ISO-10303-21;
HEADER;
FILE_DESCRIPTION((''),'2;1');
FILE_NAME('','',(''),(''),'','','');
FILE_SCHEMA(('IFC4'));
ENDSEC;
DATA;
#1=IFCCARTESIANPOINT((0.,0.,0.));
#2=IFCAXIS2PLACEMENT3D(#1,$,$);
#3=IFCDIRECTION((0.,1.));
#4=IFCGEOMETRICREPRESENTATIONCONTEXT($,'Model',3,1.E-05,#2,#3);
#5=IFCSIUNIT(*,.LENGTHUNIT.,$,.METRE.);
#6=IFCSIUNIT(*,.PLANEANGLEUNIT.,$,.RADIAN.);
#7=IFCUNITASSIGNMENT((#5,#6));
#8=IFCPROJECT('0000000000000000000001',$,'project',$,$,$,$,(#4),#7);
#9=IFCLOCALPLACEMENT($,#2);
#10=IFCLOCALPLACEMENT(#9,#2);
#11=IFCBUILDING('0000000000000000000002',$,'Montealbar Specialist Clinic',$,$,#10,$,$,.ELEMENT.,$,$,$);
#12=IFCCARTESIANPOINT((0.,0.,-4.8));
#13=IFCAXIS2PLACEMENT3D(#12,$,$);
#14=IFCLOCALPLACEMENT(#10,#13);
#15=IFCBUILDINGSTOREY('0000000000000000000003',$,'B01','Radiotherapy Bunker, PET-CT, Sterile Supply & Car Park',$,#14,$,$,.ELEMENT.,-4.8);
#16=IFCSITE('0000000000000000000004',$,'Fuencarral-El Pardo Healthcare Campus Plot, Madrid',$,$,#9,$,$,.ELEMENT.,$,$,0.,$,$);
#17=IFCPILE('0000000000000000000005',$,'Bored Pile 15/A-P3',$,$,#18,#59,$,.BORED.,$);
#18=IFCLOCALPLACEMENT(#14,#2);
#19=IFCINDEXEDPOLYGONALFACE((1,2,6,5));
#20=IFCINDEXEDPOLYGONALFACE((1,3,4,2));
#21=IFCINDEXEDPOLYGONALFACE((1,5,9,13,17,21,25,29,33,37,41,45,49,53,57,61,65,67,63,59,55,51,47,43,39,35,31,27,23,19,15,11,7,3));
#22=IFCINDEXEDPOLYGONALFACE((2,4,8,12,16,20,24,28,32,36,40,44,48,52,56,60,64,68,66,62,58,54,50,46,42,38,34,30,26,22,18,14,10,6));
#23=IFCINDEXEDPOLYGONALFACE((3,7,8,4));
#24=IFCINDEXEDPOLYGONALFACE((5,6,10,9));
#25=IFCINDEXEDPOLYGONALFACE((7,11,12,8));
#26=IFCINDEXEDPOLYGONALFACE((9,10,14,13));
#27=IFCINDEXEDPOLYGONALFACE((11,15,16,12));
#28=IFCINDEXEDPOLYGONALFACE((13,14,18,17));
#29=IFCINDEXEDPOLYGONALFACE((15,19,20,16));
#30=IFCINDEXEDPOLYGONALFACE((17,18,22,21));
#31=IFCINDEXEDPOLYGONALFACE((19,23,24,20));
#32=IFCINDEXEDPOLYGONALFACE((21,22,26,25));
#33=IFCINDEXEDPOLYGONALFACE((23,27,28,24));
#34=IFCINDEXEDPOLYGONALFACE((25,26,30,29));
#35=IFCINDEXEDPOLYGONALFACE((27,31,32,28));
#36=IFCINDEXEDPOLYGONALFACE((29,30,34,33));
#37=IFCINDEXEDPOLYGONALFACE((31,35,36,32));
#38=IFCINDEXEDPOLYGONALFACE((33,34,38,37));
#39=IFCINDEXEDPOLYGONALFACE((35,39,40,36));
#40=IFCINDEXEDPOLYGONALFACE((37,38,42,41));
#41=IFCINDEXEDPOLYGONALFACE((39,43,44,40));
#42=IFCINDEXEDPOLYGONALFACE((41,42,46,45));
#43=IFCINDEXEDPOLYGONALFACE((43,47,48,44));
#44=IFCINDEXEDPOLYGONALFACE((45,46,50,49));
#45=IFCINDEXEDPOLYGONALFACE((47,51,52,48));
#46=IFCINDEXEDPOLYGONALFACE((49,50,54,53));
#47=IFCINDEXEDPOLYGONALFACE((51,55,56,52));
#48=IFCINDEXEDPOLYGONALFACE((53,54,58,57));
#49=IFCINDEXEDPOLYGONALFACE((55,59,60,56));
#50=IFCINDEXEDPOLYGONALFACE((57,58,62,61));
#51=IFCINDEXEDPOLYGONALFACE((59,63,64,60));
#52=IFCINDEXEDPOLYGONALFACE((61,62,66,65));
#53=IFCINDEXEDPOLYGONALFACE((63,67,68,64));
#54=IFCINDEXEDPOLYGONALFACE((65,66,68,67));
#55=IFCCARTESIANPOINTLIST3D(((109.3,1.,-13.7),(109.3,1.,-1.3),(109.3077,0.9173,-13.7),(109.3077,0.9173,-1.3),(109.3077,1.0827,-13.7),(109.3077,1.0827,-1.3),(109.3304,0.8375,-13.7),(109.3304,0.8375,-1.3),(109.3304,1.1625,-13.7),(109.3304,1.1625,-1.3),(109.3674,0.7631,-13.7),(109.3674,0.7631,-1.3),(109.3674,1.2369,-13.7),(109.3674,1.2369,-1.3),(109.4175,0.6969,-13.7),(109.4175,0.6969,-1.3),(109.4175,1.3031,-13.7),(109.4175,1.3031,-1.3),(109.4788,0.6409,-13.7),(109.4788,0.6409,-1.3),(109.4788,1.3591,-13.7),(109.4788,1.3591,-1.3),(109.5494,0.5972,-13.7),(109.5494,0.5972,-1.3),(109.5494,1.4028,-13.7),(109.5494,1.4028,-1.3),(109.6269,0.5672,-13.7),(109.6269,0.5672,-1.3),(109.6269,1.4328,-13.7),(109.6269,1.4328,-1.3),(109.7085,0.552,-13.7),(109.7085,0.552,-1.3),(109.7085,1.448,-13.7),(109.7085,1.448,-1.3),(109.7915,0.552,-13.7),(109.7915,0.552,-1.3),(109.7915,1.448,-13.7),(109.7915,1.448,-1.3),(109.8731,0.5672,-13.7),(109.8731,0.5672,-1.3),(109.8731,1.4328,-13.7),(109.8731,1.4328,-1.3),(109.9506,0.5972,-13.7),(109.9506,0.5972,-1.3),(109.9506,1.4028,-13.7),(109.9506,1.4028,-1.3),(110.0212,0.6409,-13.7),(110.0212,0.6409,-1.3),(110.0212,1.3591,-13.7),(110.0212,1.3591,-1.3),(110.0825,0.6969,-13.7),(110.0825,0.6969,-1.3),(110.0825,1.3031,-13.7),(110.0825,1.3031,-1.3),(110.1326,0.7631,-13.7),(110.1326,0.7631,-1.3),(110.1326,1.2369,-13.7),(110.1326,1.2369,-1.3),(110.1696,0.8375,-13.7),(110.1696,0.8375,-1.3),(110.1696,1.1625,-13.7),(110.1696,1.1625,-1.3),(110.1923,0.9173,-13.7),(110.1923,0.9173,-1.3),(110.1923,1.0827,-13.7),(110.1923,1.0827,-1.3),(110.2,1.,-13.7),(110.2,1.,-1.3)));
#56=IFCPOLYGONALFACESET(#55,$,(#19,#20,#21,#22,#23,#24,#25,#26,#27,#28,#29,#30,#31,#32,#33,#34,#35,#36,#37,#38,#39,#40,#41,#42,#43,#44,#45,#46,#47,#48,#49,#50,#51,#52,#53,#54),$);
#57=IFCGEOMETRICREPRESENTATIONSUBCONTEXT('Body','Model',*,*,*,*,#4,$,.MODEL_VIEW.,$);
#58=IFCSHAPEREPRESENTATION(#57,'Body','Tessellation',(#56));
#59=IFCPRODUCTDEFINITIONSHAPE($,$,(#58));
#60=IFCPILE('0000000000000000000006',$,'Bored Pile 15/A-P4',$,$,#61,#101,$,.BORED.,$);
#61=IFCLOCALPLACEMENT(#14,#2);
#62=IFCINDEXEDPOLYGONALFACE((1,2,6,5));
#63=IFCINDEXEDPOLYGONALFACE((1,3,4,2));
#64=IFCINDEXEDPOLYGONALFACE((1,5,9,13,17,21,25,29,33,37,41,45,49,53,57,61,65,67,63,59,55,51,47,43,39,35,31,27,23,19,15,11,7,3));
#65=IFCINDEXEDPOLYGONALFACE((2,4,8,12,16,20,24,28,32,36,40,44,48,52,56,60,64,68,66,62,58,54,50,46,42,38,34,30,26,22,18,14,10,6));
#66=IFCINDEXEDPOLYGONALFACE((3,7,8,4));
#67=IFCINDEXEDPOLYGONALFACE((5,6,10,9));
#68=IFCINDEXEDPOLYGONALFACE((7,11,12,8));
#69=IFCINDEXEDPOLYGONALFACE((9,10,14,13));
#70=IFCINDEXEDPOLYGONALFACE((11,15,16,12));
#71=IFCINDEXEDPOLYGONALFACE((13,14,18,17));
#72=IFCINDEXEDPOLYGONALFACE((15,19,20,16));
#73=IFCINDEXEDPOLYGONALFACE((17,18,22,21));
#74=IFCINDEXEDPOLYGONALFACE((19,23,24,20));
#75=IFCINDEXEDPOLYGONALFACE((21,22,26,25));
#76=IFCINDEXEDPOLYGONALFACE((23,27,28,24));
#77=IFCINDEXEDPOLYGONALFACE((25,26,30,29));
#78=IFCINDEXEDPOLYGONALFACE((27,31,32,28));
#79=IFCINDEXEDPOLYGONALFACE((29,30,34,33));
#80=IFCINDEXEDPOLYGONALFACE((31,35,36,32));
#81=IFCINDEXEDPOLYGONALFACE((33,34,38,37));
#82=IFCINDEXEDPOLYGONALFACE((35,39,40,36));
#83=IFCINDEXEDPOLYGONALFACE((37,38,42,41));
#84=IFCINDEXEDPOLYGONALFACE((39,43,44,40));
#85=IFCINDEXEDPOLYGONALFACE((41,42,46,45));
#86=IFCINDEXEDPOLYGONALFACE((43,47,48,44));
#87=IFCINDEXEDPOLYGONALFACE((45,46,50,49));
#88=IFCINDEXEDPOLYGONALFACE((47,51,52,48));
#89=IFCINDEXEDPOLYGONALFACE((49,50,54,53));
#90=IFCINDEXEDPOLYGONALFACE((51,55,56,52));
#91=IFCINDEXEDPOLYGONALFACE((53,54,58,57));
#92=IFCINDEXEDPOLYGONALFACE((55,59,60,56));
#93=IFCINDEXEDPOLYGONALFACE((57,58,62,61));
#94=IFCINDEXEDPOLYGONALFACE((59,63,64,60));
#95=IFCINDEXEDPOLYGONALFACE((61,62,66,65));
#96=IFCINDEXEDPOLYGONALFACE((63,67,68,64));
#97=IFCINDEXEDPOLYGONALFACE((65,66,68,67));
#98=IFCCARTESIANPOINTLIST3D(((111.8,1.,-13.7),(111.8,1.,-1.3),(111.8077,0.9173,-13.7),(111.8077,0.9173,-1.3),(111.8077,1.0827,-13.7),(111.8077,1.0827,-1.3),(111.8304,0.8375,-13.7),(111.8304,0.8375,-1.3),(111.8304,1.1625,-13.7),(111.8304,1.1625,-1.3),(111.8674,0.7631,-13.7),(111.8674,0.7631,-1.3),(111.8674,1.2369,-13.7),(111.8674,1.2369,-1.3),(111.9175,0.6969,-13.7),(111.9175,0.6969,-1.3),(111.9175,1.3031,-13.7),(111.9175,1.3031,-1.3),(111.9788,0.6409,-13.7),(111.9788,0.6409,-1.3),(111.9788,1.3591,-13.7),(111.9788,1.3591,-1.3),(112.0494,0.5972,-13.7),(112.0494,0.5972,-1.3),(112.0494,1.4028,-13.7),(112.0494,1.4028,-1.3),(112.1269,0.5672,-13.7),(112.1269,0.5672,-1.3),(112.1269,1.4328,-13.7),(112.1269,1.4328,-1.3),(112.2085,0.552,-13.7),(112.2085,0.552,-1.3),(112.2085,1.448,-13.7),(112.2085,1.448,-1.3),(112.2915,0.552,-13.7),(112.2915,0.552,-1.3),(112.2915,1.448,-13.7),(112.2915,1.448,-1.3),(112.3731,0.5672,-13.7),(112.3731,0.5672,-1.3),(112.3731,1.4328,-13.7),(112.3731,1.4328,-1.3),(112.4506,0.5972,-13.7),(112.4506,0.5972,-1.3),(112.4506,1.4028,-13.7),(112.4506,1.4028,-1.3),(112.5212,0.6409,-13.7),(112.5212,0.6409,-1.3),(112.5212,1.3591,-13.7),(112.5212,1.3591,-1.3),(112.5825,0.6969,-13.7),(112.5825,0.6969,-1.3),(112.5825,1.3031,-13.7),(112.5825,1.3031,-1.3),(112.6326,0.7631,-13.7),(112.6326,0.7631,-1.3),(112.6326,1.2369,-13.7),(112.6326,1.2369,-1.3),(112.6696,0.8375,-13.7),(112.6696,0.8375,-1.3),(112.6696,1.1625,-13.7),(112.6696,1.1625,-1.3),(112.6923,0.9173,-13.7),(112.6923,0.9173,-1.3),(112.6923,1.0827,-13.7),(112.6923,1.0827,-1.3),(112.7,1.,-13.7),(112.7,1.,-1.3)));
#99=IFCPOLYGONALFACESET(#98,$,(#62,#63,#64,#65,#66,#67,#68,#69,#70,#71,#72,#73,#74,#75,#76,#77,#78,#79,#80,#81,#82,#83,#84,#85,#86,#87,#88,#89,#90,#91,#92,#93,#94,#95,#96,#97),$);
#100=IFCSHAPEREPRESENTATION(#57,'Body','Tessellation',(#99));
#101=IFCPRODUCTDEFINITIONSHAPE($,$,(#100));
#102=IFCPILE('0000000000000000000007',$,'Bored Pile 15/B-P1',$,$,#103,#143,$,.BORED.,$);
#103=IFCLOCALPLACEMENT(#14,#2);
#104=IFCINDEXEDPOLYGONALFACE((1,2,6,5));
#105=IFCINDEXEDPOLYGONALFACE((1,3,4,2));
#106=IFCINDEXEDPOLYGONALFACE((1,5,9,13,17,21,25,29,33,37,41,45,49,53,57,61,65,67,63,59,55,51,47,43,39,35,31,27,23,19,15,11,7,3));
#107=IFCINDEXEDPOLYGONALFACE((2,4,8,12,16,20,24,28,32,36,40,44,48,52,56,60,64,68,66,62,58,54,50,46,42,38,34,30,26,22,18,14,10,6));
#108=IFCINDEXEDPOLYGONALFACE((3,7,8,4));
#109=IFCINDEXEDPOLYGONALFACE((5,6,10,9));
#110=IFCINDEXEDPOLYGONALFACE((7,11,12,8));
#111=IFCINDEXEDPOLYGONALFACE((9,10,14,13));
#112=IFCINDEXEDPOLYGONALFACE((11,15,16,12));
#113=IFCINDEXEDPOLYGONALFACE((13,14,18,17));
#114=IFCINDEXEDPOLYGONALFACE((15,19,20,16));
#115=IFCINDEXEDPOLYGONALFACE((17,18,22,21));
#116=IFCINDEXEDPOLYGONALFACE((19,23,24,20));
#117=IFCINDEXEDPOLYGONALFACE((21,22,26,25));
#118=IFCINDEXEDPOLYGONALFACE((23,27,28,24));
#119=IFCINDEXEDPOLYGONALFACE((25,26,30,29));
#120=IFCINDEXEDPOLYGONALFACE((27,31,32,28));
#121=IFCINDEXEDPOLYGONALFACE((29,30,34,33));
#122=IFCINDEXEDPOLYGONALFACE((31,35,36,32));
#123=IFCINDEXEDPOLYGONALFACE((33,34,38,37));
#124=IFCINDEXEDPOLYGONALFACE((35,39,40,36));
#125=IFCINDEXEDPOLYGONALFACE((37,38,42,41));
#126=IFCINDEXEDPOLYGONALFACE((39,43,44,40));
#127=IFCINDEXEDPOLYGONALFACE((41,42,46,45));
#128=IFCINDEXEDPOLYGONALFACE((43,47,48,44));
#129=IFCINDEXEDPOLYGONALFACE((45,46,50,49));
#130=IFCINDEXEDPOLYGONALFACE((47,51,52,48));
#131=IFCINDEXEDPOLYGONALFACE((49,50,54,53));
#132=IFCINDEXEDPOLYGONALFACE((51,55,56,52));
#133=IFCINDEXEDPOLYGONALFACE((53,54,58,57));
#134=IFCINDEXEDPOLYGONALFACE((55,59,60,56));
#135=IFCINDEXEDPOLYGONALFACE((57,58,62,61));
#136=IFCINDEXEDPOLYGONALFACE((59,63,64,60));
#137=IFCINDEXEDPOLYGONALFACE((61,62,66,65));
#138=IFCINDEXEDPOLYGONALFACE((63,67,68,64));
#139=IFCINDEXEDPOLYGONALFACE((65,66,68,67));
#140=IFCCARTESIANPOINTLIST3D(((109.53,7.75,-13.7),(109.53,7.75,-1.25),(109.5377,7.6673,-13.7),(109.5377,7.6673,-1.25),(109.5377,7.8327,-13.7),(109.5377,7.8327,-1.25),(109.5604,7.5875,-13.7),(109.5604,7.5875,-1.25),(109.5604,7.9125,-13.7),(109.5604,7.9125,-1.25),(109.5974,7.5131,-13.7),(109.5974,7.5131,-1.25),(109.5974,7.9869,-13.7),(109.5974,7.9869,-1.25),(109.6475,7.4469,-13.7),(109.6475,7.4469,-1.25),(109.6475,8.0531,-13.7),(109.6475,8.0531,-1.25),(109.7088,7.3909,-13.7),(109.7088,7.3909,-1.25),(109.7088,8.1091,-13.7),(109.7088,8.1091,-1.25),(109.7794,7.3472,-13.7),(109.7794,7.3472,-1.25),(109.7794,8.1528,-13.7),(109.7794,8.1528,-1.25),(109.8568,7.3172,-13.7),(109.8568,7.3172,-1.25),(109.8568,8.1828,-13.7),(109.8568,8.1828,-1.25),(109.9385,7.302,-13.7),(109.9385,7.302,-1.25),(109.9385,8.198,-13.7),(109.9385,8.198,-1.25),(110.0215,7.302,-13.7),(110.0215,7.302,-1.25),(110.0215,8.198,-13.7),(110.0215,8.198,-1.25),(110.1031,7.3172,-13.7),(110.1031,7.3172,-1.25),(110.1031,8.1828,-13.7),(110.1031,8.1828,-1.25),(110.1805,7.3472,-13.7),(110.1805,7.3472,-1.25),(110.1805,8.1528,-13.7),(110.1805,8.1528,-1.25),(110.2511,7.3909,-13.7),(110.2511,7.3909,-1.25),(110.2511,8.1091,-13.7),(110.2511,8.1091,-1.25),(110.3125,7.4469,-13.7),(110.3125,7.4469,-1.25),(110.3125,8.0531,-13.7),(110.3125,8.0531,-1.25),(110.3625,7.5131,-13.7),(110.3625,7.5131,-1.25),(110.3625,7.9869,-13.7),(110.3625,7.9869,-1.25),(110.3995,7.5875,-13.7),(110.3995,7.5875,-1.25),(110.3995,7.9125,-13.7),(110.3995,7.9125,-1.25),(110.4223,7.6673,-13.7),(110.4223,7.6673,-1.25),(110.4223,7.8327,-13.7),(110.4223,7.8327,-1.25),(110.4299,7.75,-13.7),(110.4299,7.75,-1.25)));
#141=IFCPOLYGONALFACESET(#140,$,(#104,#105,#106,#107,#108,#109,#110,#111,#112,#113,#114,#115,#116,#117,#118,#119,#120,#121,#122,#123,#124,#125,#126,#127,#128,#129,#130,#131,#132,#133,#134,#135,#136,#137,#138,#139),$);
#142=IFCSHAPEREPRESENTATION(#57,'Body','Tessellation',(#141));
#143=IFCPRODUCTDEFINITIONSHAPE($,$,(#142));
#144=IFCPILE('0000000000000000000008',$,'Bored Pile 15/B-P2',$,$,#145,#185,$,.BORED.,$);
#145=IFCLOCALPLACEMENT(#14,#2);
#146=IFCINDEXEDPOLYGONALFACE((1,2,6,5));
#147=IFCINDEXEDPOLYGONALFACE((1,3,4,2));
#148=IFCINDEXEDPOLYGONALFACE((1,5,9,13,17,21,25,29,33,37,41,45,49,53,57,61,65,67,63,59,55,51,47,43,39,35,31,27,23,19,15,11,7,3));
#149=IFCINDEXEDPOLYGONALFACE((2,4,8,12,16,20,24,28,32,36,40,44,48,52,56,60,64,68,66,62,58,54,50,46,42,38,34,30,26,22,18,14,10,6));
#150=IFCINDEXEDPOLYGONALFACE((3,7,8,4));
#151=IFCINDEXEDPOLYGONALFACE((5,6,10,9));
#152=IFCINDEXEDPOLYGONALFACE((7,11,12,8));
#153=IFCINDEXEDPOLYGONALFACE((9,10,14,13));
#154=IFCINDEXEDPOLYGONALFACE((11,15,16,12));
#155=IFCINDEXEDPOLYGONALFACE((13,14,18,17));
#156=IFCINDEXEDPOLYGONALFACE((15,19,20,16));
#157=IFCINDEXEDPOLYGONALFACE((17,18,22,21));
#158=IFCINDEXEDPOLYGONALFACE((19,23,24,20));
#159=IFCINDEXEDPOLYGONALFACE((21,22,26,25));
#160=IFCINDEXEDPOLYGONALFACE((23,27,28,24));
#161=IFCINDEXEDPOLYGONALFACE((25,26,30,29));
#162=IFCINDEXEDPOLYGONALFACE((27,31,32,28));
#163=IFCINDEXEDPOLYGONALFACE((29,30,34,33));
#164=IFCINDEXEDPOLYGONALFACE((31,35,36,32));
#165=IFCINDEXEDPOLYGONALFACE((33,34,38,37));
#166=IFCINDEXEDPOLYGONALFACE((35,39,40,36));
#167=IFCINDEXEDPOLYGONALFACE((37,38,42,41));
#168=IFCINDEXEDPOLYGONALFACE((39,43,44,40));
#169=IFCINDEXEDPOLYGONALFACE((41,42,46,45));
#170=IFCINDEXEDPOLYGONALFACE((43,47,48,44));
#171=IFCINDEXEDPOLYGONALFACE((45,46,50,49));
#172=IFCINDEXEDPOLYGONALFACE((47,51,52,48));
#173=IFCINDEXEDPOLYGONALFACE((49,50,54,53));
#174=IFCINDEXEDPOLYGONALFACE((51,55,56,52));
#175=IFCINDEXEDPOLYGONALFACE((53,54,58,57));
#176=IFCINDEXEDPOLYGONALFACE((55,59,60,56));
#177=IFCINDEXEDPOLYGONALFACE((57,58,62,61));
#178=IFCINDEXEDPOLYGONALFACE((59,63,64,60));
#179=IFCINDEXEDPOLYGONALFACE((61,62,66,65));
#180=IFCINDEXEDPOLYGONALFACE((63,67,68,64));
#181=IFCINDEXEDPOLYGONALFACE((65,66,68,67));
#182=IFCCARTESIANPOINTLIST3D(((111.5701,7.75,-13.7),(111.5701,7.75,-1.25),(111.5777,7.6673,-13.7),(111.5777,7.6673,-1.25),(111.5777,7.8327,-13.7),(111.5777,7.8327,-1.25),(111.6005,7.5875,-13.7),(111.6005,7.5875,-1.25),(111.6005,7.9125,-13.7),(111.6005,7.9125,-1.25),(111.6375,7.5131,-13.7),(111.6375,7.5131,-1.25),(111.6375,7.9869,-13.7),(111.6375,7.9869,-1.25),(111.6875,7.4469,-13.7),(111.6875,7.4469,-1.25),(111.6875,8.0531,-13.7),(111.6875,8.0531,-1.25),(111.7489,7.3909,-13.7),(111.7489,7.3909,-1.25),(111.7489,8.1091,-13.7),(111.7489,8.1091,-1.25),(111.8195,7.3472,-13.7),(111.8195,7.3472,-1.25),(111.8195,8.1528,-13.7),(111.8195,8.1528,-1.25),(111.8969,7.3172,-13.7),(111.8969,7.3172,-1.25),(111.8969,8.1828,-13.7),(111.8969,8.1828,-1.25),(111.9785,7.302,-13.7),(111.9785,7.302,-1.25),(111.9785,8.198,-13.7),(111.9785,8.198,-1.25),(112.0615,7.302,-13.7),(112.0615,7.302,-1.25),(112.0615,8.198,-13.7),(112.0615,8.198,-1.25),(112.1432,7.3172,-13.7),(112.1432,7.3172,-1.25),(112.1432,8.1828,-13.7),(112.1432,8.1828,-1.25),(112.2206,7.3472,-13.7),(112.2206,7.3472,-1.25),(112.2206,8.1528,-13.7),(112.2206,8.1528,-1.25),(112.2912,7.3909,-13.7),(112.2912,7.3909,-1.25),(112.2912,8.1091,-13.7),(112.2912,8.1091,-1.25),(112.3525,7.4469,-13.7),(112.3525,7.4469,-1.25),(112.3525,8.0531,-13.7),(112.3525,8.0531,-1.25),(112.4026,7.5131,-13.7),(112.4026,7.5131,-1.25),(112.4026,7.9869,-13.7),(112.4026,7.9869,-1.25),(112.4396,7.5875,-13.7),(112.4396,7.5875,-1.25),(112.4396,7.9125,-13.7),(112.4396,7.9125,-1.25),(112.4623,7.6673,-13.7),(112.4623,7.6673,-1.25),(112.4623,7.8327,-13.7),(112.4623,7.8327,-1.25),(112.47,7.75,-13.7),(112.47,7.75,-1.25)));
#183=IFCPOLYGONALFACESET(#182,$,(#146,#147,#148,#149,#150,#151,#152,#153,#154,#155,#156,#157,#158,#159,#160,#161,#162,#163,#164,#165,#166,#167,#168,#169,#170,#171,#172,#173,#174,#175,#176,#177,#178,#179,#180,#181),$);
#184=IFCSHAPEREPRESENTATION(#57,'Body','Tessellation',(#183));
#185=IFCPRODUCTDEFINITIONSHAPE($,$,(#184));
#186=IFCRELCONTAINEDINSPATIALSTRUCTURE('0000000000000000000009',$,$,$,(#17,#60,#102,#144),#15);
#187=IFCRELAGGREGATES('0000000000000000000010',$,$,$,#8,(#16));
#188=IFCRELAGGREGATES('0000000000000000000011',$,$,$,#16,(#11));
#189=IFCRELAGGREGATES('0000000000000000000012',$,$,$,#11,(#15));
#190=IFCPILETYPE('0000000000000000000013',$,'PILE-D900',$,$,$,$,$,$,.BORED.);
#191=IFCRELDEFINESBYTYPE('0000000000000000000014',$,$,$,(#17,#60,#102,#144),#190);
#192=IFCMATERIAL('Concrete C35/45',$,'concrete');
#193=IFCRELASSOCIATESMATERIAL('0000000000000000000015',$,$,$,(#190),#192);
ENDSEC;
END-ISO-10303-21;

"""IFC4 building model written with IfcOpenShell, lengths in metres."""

from ifc_helpers import new_model, si_unit, direction, frame, origin, origin_2d, place, context, subcontext, project, spatial, circle, extrude, material, material_profile, profile_set, type_object, element, save


model = new_model("IFC4")

# Units and contexts
model_context = context("Model", 3, precision=1e-05, world=origin(), true_north=direction((0.0, 1.0)))
body_context = subcontext(model_context, "Body", "Model", "MODEL_VIEW")
ifc_project = project(units=[si_unit("LENGTHUNIT", "METRE"), si_unit("PLANEANGLEUNIT", "RADIAN")], contexts=[model_context])

# Site, building, storey
site_placement = place(None, origin())
site = spatial("IfcSite", under=ifc_project, at=site_placement, Name="Fuencarral-El Pardo Healthcare Campus Plot, Madrid", CompositionType="ELEMENT", RefElevation=0.0)
building_placement = place(site_placement, origin())
building = spatial("IfcBuilding", under=site, at=building_placement, Name="Montealbar Specialist Clinic", CompositionType="ELEMENT")
storey_placement = place(building_placement, frame((0.0, 0.0, -4.8)))
storey = spatial("IfcBuildingStorey", under=building, at=storey_placement, Name="B01", Description="Radiotherapy Bunker, PET-CT, Sterile Supply & Car Park", CompositionType="ELEMENT", Elevation=-4.8)

# Shared definitions
ifc_material_1 = material(Name="Concrete C35/45", Category="concrete")

# Piles
ifc_material_profile_1 = material_profile(ifc_material_1, circle(Radius=0.45, at=origin_2d()), Name="PILE D900", Category="concrete")
ifc_profile_set_1 = profile_set([ifc_material_profile_1], Name="Concrete C35/45")
pile_type_1 = type_object("IfcPileType", Name="PILE-D900", PredefinedType="BORED", material=ifc_profile_set_1)
for number, where, z_axis, x_axis, name in (
    (1, (109.75, 1.0, -1.3), (0.0, 0.0, -1.0), (1.0, 0.0, 0.0), "Bored Pile 15/A-P3"),
    (2, (112.25, 1.0, -1.3), (0.0, 0.0, -1.0), (1.0, 0.0, 0.0), "Bored Pile 15/A-P4"),
):
    element("IfcPile", number, at=place(storey_placement, frame(where, z_axis=z_axis, x_axis=x_axis)), inside=storey, type_object=pile_type_1, Name=name, PredefinedType="BORED", context=body_context, shape_type="SweptSolid", body=[
        extrude(circle(Radius=0.45, at=origin_2d()), origin(), (0.0, 0.0, 1.0), 12.3999),
    ])
for number, where, z_axis, x_axis, name in (
    (3, (109.98, 7.75, -1.25), (0.0, 0.0, -1.0), (1.0, 0.0, 0.0), "Bored Pile 15/B-P1"),
    (4, (112.02, 7.75, -1.25), (0.0, 0.0, -1.0), (1.0, 0.0, 0.0), "Bored Pile 15/B-P2"),
):
    element("IfcPile", number, at=place(storey_placement, frame(where, z_axis=z_axis, x_axis=x_axis)), inside=storey, type_object=pile_type_1, Name=name, PredefinedType="BORED", context=body_context, shape_type="SweptSolid", body=[
        extrude(circle(Radius=0.45, at=origin_2d()), origin(), (0.0, 0.0, 1.0), 12.45),
    ])

save(model, "model.ifc")
